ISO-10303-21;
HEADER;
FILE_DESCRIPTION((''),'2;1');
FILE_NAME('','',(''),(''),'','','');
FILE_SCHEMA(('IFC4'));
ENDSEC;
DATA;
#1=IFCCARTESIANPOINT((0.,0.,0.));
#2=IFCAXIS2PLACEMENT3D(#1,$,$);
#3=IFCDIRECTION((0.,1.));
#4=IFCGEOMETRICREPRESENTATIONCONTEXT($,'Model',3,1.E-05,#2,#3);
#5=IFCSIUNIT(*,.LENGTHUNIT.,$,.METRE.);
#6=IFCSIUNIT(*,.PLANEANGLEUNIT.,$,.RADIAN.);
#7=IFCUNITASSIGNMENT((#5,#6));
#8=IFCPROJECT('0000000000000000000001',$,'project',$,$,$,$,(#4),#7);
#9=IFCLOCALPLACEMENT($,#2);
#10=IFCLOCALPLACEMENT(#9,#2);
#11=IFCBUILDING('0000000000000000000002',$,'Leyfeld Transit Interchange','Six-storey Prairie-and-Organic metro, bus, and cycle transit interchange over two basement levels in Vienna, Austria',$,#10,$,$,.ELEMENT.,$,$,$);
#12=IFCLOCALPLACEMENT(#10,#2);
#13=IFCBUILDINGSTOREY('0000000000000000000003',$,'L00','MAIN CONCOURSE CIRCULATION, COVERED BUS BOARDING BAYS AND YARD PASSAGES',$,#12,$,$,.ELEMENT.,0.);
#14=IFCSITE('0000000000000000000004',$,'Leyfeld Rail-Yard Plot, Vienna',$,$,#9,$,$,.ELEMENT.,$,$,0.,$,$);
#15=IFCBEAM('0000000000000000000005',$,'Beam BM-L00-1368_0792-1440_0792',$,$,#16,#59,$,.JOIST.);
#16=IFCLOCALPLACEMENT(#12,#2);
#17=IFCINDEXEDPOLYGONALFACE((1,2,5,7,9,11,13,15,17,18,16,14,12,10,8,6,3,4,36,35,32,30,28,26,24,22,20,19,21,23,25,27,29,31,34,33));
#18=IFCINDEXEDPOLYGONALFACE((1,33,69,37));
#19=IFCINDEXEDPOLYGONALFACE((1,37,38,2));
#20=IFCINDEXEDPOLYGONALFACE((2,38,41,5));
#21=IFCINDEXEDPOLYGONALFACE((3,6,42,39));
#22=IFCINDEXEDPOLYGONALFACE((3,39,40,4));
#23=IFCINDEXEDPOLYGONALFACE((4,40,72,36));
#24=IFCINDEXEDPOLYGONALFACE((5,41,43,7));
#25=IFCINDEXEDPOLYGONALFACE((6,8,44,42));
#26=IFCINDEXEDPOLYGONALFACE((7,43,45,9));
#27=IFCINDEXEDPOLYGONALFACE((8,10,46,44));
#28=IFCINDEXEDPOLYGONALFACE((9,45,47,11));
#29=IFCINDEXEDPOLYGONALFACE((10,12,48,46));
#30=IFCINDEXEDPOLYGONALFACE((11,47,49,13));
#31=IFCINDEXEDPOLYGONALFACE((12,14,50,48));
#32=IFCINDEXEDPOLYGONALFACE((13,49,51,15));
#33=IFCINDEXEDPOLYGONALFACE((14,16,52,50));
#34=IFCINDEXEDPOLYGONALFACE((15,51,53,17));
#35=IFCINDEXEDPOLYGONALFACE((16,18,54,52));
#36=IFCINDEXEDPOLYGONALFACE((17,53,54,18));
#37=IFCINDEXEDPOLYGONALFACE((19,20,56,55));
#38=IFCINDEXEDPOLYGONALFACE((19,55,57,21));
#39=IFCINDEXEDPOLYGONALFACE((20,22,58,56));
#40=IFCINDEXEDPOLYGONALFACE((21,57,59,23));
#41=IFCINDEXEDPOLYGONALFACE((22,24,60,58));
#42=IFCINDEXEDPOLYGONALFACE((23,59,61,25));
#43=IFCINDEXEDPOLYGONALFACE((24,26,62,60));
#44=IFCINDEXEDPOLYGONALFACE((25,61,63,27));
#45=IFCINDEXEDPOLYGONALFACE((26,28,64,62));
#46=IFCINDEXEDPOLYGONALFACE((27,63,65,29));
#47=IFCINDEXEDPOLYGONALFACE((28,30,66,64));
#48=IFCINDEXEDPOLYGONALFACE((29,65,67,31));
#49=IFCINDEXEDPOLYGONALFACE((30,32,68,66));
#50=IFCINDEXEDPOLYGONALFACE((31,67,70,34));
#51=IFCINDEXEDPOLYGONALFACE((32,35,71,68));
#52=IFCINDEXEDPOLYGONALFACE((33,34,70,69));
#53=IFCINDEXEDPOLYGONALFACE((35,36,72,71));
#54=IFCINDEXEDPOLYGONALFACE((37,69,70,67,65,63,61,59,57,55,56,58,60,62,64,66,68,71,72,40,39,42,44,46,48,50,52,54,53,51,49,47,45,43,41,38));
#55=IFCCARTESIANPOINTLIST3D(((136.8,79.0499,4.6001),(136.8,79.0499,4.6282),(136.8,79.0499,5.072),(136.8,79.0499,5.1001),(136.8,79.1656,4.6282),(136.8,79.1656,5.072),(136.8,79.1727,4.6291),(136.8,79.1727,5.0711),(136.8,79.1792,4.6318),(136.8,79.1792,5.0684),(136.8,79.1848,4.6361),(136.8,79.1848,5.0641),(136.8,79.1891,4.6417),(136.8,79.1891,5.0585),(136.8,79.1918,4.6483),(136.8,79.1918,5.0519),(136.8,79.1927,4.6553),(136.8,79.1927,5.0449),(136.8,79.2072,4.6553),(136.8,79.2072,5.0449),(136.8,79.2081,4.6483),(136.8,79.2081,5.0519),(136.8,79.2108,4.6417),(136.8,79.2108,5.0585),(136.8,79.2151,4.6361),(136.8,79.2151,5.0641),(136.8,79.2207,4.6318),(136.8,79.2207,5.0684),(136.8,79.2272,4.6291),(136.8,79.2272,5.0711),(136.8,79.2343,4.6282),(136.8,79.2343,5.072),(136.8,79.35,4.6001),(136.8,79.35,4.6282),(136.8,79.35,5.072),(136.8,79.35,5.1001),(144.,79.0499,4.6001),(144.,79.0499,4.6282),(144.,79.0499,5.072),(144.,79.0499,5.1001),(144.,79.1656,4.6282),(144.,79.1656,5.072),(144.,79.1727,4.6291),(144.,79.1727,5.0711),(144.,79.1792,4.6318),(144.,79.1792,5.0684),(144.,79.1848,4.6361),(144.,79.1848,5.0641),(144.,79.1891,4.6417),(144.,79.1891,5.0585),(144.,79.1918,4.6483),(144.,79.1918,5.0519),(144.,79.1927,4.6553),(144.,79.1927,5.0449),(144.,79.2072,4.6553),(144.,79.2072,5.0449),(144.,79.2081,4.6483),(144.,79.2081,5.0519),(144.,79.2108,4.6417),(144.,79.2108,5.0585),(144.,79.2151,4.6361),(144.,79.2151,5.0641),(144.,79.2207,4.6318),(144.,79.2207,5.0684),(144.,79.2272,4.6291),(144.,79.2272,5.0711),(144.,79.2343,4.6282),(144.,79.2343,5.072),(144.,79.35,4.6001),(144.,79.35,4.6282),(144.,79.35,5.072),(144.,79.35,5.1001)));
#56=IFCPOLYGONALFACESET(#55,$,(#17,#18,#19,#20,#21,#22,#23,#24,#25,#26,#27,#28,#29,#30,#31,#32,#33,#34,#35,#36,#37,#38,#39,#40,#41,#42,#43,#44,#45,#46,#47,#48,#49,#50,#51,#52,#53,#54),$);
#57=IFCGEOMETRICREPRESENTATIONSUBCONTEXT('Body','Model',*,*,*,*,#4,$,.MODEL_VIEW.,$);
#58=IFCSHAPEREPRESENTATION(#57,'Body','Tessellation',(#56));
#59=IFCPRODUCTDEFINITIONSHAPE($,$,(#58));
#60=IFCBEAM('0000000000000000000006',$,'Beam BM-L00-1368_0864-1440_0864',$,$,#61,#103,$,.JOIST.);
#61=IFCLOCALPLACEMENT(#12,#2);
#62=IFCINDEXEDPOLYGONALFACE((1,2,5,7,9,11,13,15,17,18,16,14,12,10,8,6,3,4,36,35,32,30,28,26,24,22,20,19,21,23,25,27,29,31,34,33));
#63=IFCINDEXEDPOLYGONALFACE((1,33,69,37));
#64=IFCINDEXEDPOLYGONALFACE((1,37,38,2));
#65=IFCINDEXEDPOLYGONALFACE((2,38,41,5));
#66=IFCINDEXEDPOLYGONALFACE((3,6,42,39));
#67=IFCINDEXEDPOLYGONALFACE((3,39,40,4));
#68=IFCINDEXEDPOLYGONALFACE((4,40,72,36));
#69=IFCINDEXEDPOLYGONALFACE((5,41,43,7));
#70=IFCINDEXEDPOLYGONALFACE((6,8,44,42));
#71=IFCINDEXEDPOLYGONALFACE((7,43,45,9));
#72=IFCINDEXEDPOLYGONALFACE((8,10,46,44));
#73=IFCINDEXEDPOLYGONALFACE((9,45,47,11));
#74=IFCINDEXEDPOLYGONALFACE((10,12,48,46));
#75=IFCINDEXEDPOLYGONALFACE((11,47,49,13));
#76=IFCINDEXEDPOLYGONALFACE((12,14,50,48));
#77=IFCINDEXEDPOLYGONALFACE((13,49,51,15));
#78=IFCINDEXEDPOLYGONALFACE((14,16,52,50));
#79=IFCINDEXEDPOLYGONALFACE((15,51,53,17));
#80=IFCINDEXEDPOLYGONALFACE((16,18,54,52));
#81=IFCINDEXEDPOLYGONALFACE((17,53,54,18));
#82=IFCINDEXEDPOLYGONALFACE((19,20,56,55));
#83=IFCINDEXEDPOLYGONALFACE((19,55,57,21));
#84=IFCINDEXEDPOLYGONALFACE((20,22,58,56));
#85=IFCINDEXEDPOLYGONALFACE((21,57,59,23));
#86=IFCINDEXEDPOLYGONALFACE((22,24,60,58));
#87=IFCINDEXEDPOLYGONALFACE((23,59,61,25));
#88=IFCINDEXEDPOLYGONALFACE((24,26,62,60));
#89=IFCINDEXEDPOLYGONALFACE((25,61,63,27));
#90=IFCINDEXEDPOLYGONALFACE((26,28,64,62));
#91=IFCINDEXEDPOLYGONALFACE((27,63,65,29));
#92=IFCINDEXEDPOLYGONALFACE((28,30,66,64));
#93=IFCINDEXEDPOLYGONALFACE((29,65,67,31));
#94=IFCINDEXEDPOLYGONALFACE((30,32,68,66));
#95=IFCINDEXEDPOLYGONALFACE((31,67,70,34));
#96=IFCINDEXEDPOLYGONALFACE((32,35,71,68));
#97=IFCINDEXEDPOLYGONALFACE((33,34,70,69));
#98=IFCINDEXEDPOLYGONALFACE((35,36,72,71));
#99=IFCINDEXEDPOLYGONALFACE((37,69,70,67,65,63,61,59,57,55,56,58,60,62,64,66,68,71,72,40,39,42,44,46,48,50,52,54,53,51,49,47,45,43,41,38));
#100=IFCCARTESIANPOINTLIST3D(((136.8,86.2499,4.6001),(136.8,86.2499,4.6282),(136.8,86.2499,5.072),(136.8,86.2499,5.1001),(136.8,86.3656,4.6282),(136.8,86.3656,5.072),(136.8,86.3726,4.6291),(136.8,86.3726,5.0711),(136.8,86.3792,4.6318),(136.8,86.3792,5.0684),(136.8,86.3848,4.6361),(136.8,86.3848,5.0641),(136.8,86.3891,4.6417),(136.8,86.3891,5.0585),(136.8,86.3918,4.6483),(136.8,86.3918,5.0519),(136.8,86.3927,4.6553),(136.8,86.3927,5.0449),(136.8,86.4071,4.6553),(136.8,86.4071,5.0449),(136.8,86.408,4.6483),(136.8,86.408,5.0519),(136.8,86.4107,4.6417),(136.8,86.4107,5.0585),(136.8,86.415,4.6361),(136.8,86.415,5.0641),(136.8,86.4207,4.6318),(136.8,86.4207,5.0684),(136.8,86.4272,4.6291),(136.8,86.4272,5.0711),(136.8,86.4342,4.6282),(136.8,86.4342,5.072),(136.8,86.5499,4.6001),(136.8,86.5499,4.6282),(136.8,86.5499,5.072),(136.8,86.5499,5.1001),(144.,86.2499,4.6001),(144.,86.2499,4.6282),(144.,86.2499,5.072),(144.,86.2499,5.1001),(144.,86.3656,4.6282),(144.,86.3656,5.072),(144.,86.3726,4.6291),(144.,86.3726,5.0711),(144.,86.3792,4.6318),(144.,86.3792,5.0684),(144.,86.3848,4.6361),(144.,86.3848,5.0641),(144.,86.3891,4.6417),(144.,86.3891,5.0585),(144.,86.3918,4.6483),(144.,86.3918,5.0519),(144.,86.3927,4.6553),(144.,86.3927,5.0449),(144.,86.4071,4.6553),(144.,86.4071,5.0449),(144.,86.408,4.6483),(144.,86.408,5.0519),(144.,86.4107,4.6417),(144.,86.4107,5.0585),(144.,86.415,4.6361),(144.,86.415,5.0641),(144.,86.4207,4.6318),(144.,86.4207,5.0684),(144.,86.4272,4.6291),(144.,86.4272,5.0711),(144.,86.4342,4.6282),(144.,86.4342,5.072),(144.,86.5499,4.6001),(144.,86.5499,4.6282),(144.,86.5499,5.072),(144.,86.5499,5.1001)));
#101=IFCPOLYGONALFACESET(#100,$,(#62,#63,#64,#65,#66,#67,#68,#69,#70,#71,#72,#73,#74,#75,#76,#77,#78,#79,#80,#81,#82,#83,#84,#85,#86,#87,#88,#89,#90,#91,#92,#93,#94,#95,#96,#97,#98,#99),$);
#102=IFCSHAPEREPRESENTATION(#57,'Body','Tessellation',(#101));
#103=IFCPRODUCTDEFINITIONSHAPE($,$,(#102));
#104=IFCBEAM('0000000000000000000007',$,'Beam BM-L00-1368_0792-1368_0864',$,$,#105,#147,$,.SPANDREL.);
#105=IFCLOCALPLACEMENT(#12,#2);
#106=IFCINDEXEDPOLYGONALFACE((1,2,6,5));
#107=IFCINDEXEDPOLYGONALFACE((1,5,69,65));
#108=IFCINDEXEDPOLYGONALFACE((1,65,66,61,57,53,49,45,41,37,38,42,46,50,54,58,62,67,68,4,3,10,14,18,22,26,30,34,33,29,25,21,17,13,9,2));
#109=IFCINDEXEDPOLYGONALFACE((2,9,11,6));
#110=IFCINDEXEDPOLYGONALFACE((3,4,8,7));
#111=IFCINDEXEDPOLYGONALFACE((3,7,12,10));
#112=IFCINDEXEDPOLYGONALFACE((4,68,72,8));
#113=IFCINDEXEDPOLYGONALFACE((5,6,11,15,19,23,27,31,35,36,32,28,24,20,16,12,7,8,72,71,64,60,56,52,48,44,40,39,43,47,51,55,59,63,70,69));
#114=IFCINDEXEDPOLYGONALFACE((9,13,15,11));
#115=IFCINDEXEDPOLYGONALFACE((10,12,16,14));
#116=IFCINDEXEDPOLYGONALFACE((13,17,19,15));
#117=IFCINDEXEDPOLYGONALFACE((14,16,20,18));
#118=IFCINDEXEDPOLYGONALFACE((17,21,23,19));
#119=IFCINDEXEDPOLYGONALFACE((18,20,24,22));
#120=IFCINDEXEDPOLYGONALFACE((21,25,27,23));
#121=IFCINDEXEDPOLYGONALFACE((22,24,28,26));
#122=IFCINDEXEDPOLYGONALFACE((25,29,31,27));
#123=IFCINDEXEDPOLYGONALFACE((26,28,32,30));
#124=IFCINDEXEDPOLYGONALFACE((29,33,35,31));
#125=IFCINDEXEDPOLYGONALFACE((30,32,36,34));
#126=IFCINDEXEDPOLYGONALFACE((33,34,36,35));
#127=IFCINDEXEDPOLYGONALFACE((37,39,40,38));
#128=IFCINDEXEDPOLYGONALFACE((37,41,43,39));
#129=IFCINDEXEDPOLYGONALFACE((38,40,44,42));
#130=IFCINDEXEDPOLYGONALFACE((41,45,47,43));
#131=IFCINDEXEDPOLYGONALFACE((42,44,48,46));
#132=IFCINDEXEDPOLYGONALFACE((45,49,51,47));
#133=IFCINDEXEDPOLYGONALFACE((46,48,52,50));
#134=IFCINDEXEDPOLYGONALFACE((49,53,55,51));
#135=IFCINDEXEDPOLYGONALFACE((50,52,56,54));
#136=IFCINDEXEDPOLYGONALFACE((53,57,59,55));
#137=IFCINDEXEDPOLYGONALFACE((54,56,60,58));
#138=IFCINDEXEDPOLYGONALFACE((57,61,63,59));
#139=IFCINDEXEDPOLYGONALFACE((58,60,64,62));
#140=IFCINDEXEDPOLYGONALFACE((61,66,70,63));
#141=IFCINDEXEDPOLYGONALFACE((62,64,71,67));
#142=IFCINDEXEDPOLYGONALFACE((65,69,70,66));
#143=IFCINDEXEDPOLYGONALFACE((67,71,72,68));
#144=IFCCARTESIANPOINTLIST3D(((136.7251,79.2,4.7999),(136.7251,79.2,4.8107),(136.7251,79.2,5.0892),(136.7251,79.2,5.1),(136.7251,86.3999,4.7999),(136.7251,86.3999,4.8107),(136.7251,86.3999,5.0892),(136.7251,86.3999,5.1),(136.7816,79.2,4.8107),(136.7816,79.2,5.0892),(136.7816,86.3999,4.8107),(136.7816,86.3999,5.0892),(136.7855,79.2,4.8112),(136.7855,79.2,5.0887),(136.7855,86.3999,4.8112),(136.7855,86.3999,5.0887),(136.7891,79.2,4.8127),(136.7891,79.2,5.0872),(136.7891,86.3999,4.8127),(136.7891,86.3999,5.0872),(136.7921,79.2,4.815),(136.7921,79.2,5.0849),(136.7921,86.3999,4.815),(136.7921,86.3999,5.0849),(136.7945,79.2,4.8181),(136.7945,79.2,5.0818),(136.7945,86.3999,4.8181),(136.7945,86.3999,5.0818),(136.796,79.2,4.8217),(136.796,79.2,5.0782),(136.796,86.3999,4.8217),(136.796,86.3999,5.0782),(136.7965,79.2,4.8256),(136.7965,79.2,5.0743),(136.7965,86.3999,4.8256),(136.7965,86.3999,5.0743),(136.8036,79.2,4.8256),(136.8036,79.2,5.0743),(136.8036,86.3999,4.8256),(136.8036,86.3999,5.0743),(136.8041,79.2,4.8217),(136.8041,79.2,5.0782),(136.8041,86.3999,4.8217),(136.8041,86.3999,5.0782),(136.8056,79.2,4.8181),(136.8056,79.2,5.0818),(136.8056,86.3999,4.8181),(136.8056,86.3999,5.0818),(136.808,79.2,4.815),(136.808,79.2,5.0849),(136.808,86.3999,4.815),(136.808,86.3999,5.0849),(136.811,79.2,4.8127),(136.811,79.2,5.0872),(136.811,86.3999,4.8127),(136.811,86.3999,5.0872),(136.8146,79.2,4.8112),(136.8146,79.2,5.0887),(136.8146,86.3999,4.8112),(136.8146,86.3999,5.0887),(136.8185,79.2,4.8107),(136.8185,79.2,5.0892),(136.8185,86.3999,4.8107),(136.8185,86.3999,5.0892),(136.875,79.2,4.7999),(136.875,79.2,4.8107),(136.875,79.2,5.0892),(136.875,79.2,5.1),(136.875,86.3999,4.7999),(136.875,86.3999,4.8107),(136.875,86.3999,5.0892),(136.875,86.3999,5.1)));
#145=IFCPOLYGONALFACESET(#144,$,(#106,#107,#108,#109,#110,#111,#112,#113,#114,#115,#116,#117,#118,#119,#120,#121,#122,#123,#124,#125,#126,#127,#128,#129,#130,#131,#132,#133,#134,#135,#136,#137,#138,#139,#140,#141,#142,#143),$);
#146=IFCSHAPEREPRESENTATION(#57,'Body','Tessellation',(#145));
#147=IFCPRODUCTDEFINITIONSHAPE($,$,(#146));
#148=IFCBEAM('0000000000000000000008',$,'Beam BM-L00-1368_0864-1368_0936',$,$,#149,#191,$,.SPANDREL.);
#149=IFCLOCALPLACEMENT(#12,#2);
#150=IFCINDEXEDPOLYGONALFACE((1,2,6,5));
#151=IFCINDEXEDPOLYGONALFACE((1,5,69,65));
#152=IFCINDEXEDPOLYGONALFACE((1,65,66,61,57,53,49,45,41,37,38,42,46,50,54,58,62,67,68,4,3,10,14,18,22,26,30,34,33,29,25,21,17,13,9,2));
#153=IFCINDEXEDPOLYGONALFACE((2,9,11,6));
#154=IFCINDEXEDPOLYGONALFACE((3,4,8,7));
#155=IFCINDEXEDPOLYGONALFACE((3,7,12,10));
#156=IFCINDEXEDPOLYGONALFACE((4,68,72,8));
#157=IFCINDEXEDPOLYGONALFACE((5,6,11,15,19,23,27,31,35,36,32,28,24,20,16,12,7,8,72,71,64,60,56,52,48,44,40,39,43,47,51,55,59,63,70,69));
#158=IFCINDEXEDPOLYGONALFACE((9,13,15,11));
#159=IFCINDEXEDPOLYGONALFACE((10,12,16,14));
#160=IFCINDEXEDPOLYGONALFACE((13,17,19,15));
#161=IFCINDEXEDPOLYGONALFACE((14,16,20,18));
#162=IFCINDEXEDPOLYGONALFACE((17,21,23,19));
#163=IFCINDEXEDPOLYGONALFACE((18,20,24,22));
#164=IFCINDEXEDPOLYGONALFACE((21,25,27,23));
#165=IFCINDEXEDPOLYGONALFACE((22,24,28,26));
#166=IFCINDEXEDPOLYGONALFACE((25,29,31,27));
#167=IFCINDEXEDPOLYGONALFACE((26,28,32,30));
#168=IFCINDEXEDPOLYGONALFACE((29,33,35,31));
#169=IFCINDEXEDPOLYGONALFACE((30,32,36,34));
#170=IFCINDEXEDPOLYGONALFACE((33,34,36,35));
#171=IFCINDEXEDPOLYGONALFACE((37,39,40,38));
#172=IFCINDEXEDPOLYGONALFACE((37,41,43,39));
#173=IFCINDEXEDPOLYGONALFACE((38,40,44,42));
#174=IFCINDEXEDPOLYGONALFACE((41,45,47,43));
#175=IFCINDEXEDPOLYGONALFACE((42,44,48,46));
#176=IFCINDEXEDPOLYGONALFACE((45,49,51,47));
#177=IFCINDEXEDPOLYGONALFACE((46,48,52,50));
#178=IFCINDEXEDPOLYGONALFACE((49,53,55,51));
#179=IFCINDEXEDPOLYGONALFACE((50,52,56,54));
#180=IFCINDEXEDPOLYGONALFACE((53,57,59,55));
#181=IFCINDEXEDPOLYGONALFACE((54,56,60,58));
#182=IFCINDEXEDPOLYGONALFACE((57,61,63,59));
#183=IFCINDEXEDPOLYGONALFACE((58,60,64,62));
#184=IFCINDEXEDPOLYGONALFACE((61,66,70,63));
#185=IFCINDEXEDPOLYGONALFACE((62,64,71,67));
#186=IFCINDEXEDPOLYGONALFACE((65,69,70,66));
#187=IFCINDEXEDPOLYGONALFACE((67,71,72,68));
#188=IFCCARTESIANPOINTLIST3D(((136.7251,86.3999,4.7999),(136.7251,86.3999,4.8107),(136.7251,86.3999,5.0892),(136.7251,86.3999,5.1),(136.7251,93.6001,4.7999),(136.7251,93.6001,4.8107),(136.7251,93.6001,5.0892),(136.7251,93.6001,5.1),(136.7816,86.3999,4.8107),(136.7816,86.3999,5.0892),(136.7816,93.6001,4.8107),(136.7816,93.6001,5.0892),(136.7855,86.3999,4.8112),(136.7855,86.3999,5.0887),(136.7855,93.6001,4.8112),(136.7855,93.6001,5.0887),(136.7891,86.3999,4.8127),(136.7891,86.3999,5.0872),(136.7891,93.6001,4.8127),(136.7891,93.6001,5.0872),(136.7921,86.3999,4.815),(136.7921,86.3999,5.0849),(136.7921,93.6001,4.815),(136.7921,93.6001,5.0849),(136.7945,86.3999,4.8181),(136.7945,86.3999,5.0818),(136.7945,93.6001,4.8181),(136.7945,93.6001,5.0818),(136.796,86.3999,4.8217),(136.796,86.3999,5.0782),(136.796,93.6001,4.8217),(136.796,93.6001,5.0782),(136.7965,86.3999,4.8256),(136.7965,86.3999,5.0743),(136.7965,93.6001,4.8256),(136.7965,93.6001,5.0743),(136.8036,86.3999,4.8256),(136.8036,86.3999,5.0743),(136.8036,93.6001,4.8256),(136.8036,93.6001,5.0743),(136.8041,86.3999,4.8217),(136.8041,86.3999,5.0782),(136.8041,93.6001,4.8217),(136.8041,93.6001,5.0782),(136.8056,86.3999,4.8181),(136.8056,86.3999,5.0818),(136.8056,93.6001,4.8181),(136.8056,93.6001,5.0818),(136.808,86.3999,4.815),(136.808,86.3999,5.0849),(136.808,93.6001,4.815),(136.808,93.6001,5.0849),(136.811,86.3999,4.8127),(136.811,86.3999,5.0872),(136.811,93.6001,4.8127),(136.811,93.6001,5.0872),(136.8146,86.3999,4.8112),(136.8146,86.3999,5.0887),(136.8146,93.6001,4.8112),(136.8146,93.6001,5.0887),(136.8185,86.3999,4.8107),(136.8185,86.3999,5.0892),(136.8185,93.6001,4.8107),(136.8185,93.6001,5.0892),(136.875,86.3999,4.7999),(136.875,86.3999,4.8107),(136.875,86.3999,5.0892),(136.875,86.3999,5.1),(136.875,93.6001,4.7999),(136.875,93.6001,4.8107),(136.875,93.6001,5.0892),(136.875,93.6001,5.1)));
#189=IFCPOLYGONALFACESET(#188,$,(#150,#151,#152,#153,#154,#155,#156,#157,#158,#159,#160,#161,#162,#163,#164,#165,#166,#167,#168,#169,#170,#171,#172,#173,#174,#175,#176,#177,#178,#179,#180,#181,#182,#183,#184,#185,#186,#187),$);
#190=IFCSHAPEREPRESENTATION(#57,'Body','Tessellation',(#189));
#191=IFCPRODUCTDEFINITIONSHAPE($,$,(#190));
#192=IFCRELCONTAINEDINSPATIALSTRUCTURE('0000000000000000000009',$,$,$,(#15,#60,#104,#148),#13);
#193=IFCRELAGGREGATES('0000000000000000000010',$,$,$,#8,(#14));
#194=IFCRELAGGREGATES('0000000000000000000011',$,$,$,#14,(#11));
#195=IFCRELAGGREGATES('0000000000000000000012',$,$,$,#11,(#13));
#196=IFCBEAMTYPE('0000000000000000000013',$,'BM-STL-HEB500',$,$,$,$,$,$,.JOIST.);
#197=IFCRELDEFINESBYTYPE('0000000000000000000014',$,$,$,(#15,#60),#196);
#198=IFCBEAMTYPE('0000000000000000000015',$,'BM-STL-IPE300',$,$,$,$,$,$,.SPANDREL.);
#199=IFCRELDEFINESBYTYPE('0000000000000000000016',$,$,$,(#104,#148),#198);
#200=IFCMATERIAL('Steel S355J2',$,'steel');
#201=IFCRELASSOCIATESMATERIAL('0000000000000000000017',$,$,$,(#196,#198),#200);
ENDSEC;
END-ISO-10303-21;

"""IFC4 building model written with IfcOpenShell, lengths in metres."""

from ifc_helpers import new_model, si_unit, direction, frame, origin, origin_2d, place, context, subcontext, project, spatial, i_section, extrude, material, material_profile, profile_set, type_object, element, save


model = new_model("IFC4")

# Units and contexts
model_context = context("Model", 3, precision=1e-05, world=origin(), true_north=direction((0.0, 1.0)))
body_context = subcontext(model_context, "Body", "Model", "MODEL_VIEW")
ifc_project = project(units=[si_unit("LENGTHUNIT", "METRE"), si_unit("PLANEANGLEUNIT", "RADIAN")], contexts=[model_context])

# Site, building, storey
site_placement = place(None, origin())
site = spatial("IfcSite", under=ifc_project, at=site_placement, Name="Leyfeld Rail-Yard Plot, Vienna", CompositionType="ELEMENT", RefElevation=0.0)
building_placement = place(site_placement, origin())
building = spatial("IfcBuilding", under=site, at=building_placement, Name="Leyfeld Transit Interchange", Description="Six-storey Prairie-and-Organic metro, bus, and cycle transit interchange over two basement levels in Vienna, Austria", CompositionType="ELEMENT")
storey_placement = place(building_placement, origin())
storey = spatial("IfcBuildingStorey", under=building, at=storey_placement, Name="L00", Description="MAIN CONCOURSE CIRCULATION, COVERED BUS BOARDING BAYS AND YARD PASSAGES", CompositionType="ELEMENT", Elevation=0.0)

# Beams
ifc_material_1 = material(Name="Steel S355J2", Category="steel")
ifc_material_profile_1 = material_profile(ifc_material_1, i_section(OverallWidth=0.3, OverallDepth=0.5, WebThickness=0.0144, FlangeThickness=0.0281, FilletRadius=0.0271, at=origin_2d()), Name="HEB 500")
ifc_profile_set_1 = profile_set([ifc_material_profile_1], Name="Steel S355J2")
beam_type_1 = type_object("IfcBeamType", Name="BM-STL-HEB500", PredefinedType="JOIST", material=ifc_profile_set_1)
for number, where, z_axis, x_axis, name in (
    (1, (136.8, 79.2, 4.8501), (1.0, 0.0, 0.0), (0.0, 1.0, 0.0), "Beam BM-L00-1368_0792-1440_0792"),
    (2, (136.8, 86.3999, 4.8501), (1.0, 0.0, 0.0), (0.0, 1.0, 0.0), "Beam BM-L00-1368_0864-1440_0864"),
):
    element("IfcBeam", number, at=place(storey_placement, frame(where, z_axis=z_axis, x_axis=x_axis)), inside=storey, type_object=beam_type_1, Name=name, PredefinedType="JOIST", context=body_context, shape_type="SweptSolid", body=[
        extrude(i_section(OverallWidth=0.3, OverallDepth=0.5, WebThickness=0.0144, FlangeThickness=0.0281, FilletRadius=0.0271, at=origin_2d()), origin(), (0.0, 0.0, 1.0), 7.2),
    ])
ifc_material_profile_2 = material_profile(ifc_material_1, i_section(OverallWidth=0.1499, OverallDepth=0.3, WebThickness=0.0071, FlangeThickness=0.0107, FilletRadius=0.0149, at=origin_2d()), Name="IPE 300")
ifc_profile_set_2 = profile_set([ifc_material_profile_2], Name="Steel S355J2")
beam_type_2 = type_object("IfcBeamType", Name="BM-STL-IPE300", PredefinedType="SPANDREL", material=ifc_profile_set_2)
beam_1_placement = place(storey_placement, frame((136.8, 79.2, 4.95), z_axis=(0.0, 1.0, 0.0), x_axis=(-1.0, 0.0, 0.0)))
element("IfcBeam", 3, at=beam_1_placement, inside=storey, type_object=beam_type_2, Name="Beam BM-L00-1368_0792-1368_0864", PredefinedType="SPANDREL", context=body_context, shape_type="SweptSolid", body=[
    extrude(i_section(OverallWidth=0.1499, OverallDepth=0.3, WebThickness=0.0071, FlangeThickness=0.0107, FilletRadius=0.0149, at=origin_2d()), origin(), (0.0, 0.0, 1.0), 7.2),
])
beam_2_placement = place(storey_placement, frame((136.8, 86.3999, 4.95), z_axis=(0.0, 1.0, 0.0), x_axis=(-1.0, 0.0, 0.0)))
element("IfcBeam", 4, at=beam_2_placement, inside=storey, type_object=beam_type_2, Name="Beam BM-L00-1368_0864-1368_0936", PredefinedType="SPANDREL", context=body_context, shape_type="SweptSolid", body=[
    extrude(i_section(OverallWidth=0.1499, OverallDepth=0.3, WebThickness=0.0071, FlangeThickness=0.0107, FilletRadius=0.0149, at=origin_2d()), origin(), (0.0, 0.0, 1.0), 7.2002),
])

save(model, "model.ifc")
